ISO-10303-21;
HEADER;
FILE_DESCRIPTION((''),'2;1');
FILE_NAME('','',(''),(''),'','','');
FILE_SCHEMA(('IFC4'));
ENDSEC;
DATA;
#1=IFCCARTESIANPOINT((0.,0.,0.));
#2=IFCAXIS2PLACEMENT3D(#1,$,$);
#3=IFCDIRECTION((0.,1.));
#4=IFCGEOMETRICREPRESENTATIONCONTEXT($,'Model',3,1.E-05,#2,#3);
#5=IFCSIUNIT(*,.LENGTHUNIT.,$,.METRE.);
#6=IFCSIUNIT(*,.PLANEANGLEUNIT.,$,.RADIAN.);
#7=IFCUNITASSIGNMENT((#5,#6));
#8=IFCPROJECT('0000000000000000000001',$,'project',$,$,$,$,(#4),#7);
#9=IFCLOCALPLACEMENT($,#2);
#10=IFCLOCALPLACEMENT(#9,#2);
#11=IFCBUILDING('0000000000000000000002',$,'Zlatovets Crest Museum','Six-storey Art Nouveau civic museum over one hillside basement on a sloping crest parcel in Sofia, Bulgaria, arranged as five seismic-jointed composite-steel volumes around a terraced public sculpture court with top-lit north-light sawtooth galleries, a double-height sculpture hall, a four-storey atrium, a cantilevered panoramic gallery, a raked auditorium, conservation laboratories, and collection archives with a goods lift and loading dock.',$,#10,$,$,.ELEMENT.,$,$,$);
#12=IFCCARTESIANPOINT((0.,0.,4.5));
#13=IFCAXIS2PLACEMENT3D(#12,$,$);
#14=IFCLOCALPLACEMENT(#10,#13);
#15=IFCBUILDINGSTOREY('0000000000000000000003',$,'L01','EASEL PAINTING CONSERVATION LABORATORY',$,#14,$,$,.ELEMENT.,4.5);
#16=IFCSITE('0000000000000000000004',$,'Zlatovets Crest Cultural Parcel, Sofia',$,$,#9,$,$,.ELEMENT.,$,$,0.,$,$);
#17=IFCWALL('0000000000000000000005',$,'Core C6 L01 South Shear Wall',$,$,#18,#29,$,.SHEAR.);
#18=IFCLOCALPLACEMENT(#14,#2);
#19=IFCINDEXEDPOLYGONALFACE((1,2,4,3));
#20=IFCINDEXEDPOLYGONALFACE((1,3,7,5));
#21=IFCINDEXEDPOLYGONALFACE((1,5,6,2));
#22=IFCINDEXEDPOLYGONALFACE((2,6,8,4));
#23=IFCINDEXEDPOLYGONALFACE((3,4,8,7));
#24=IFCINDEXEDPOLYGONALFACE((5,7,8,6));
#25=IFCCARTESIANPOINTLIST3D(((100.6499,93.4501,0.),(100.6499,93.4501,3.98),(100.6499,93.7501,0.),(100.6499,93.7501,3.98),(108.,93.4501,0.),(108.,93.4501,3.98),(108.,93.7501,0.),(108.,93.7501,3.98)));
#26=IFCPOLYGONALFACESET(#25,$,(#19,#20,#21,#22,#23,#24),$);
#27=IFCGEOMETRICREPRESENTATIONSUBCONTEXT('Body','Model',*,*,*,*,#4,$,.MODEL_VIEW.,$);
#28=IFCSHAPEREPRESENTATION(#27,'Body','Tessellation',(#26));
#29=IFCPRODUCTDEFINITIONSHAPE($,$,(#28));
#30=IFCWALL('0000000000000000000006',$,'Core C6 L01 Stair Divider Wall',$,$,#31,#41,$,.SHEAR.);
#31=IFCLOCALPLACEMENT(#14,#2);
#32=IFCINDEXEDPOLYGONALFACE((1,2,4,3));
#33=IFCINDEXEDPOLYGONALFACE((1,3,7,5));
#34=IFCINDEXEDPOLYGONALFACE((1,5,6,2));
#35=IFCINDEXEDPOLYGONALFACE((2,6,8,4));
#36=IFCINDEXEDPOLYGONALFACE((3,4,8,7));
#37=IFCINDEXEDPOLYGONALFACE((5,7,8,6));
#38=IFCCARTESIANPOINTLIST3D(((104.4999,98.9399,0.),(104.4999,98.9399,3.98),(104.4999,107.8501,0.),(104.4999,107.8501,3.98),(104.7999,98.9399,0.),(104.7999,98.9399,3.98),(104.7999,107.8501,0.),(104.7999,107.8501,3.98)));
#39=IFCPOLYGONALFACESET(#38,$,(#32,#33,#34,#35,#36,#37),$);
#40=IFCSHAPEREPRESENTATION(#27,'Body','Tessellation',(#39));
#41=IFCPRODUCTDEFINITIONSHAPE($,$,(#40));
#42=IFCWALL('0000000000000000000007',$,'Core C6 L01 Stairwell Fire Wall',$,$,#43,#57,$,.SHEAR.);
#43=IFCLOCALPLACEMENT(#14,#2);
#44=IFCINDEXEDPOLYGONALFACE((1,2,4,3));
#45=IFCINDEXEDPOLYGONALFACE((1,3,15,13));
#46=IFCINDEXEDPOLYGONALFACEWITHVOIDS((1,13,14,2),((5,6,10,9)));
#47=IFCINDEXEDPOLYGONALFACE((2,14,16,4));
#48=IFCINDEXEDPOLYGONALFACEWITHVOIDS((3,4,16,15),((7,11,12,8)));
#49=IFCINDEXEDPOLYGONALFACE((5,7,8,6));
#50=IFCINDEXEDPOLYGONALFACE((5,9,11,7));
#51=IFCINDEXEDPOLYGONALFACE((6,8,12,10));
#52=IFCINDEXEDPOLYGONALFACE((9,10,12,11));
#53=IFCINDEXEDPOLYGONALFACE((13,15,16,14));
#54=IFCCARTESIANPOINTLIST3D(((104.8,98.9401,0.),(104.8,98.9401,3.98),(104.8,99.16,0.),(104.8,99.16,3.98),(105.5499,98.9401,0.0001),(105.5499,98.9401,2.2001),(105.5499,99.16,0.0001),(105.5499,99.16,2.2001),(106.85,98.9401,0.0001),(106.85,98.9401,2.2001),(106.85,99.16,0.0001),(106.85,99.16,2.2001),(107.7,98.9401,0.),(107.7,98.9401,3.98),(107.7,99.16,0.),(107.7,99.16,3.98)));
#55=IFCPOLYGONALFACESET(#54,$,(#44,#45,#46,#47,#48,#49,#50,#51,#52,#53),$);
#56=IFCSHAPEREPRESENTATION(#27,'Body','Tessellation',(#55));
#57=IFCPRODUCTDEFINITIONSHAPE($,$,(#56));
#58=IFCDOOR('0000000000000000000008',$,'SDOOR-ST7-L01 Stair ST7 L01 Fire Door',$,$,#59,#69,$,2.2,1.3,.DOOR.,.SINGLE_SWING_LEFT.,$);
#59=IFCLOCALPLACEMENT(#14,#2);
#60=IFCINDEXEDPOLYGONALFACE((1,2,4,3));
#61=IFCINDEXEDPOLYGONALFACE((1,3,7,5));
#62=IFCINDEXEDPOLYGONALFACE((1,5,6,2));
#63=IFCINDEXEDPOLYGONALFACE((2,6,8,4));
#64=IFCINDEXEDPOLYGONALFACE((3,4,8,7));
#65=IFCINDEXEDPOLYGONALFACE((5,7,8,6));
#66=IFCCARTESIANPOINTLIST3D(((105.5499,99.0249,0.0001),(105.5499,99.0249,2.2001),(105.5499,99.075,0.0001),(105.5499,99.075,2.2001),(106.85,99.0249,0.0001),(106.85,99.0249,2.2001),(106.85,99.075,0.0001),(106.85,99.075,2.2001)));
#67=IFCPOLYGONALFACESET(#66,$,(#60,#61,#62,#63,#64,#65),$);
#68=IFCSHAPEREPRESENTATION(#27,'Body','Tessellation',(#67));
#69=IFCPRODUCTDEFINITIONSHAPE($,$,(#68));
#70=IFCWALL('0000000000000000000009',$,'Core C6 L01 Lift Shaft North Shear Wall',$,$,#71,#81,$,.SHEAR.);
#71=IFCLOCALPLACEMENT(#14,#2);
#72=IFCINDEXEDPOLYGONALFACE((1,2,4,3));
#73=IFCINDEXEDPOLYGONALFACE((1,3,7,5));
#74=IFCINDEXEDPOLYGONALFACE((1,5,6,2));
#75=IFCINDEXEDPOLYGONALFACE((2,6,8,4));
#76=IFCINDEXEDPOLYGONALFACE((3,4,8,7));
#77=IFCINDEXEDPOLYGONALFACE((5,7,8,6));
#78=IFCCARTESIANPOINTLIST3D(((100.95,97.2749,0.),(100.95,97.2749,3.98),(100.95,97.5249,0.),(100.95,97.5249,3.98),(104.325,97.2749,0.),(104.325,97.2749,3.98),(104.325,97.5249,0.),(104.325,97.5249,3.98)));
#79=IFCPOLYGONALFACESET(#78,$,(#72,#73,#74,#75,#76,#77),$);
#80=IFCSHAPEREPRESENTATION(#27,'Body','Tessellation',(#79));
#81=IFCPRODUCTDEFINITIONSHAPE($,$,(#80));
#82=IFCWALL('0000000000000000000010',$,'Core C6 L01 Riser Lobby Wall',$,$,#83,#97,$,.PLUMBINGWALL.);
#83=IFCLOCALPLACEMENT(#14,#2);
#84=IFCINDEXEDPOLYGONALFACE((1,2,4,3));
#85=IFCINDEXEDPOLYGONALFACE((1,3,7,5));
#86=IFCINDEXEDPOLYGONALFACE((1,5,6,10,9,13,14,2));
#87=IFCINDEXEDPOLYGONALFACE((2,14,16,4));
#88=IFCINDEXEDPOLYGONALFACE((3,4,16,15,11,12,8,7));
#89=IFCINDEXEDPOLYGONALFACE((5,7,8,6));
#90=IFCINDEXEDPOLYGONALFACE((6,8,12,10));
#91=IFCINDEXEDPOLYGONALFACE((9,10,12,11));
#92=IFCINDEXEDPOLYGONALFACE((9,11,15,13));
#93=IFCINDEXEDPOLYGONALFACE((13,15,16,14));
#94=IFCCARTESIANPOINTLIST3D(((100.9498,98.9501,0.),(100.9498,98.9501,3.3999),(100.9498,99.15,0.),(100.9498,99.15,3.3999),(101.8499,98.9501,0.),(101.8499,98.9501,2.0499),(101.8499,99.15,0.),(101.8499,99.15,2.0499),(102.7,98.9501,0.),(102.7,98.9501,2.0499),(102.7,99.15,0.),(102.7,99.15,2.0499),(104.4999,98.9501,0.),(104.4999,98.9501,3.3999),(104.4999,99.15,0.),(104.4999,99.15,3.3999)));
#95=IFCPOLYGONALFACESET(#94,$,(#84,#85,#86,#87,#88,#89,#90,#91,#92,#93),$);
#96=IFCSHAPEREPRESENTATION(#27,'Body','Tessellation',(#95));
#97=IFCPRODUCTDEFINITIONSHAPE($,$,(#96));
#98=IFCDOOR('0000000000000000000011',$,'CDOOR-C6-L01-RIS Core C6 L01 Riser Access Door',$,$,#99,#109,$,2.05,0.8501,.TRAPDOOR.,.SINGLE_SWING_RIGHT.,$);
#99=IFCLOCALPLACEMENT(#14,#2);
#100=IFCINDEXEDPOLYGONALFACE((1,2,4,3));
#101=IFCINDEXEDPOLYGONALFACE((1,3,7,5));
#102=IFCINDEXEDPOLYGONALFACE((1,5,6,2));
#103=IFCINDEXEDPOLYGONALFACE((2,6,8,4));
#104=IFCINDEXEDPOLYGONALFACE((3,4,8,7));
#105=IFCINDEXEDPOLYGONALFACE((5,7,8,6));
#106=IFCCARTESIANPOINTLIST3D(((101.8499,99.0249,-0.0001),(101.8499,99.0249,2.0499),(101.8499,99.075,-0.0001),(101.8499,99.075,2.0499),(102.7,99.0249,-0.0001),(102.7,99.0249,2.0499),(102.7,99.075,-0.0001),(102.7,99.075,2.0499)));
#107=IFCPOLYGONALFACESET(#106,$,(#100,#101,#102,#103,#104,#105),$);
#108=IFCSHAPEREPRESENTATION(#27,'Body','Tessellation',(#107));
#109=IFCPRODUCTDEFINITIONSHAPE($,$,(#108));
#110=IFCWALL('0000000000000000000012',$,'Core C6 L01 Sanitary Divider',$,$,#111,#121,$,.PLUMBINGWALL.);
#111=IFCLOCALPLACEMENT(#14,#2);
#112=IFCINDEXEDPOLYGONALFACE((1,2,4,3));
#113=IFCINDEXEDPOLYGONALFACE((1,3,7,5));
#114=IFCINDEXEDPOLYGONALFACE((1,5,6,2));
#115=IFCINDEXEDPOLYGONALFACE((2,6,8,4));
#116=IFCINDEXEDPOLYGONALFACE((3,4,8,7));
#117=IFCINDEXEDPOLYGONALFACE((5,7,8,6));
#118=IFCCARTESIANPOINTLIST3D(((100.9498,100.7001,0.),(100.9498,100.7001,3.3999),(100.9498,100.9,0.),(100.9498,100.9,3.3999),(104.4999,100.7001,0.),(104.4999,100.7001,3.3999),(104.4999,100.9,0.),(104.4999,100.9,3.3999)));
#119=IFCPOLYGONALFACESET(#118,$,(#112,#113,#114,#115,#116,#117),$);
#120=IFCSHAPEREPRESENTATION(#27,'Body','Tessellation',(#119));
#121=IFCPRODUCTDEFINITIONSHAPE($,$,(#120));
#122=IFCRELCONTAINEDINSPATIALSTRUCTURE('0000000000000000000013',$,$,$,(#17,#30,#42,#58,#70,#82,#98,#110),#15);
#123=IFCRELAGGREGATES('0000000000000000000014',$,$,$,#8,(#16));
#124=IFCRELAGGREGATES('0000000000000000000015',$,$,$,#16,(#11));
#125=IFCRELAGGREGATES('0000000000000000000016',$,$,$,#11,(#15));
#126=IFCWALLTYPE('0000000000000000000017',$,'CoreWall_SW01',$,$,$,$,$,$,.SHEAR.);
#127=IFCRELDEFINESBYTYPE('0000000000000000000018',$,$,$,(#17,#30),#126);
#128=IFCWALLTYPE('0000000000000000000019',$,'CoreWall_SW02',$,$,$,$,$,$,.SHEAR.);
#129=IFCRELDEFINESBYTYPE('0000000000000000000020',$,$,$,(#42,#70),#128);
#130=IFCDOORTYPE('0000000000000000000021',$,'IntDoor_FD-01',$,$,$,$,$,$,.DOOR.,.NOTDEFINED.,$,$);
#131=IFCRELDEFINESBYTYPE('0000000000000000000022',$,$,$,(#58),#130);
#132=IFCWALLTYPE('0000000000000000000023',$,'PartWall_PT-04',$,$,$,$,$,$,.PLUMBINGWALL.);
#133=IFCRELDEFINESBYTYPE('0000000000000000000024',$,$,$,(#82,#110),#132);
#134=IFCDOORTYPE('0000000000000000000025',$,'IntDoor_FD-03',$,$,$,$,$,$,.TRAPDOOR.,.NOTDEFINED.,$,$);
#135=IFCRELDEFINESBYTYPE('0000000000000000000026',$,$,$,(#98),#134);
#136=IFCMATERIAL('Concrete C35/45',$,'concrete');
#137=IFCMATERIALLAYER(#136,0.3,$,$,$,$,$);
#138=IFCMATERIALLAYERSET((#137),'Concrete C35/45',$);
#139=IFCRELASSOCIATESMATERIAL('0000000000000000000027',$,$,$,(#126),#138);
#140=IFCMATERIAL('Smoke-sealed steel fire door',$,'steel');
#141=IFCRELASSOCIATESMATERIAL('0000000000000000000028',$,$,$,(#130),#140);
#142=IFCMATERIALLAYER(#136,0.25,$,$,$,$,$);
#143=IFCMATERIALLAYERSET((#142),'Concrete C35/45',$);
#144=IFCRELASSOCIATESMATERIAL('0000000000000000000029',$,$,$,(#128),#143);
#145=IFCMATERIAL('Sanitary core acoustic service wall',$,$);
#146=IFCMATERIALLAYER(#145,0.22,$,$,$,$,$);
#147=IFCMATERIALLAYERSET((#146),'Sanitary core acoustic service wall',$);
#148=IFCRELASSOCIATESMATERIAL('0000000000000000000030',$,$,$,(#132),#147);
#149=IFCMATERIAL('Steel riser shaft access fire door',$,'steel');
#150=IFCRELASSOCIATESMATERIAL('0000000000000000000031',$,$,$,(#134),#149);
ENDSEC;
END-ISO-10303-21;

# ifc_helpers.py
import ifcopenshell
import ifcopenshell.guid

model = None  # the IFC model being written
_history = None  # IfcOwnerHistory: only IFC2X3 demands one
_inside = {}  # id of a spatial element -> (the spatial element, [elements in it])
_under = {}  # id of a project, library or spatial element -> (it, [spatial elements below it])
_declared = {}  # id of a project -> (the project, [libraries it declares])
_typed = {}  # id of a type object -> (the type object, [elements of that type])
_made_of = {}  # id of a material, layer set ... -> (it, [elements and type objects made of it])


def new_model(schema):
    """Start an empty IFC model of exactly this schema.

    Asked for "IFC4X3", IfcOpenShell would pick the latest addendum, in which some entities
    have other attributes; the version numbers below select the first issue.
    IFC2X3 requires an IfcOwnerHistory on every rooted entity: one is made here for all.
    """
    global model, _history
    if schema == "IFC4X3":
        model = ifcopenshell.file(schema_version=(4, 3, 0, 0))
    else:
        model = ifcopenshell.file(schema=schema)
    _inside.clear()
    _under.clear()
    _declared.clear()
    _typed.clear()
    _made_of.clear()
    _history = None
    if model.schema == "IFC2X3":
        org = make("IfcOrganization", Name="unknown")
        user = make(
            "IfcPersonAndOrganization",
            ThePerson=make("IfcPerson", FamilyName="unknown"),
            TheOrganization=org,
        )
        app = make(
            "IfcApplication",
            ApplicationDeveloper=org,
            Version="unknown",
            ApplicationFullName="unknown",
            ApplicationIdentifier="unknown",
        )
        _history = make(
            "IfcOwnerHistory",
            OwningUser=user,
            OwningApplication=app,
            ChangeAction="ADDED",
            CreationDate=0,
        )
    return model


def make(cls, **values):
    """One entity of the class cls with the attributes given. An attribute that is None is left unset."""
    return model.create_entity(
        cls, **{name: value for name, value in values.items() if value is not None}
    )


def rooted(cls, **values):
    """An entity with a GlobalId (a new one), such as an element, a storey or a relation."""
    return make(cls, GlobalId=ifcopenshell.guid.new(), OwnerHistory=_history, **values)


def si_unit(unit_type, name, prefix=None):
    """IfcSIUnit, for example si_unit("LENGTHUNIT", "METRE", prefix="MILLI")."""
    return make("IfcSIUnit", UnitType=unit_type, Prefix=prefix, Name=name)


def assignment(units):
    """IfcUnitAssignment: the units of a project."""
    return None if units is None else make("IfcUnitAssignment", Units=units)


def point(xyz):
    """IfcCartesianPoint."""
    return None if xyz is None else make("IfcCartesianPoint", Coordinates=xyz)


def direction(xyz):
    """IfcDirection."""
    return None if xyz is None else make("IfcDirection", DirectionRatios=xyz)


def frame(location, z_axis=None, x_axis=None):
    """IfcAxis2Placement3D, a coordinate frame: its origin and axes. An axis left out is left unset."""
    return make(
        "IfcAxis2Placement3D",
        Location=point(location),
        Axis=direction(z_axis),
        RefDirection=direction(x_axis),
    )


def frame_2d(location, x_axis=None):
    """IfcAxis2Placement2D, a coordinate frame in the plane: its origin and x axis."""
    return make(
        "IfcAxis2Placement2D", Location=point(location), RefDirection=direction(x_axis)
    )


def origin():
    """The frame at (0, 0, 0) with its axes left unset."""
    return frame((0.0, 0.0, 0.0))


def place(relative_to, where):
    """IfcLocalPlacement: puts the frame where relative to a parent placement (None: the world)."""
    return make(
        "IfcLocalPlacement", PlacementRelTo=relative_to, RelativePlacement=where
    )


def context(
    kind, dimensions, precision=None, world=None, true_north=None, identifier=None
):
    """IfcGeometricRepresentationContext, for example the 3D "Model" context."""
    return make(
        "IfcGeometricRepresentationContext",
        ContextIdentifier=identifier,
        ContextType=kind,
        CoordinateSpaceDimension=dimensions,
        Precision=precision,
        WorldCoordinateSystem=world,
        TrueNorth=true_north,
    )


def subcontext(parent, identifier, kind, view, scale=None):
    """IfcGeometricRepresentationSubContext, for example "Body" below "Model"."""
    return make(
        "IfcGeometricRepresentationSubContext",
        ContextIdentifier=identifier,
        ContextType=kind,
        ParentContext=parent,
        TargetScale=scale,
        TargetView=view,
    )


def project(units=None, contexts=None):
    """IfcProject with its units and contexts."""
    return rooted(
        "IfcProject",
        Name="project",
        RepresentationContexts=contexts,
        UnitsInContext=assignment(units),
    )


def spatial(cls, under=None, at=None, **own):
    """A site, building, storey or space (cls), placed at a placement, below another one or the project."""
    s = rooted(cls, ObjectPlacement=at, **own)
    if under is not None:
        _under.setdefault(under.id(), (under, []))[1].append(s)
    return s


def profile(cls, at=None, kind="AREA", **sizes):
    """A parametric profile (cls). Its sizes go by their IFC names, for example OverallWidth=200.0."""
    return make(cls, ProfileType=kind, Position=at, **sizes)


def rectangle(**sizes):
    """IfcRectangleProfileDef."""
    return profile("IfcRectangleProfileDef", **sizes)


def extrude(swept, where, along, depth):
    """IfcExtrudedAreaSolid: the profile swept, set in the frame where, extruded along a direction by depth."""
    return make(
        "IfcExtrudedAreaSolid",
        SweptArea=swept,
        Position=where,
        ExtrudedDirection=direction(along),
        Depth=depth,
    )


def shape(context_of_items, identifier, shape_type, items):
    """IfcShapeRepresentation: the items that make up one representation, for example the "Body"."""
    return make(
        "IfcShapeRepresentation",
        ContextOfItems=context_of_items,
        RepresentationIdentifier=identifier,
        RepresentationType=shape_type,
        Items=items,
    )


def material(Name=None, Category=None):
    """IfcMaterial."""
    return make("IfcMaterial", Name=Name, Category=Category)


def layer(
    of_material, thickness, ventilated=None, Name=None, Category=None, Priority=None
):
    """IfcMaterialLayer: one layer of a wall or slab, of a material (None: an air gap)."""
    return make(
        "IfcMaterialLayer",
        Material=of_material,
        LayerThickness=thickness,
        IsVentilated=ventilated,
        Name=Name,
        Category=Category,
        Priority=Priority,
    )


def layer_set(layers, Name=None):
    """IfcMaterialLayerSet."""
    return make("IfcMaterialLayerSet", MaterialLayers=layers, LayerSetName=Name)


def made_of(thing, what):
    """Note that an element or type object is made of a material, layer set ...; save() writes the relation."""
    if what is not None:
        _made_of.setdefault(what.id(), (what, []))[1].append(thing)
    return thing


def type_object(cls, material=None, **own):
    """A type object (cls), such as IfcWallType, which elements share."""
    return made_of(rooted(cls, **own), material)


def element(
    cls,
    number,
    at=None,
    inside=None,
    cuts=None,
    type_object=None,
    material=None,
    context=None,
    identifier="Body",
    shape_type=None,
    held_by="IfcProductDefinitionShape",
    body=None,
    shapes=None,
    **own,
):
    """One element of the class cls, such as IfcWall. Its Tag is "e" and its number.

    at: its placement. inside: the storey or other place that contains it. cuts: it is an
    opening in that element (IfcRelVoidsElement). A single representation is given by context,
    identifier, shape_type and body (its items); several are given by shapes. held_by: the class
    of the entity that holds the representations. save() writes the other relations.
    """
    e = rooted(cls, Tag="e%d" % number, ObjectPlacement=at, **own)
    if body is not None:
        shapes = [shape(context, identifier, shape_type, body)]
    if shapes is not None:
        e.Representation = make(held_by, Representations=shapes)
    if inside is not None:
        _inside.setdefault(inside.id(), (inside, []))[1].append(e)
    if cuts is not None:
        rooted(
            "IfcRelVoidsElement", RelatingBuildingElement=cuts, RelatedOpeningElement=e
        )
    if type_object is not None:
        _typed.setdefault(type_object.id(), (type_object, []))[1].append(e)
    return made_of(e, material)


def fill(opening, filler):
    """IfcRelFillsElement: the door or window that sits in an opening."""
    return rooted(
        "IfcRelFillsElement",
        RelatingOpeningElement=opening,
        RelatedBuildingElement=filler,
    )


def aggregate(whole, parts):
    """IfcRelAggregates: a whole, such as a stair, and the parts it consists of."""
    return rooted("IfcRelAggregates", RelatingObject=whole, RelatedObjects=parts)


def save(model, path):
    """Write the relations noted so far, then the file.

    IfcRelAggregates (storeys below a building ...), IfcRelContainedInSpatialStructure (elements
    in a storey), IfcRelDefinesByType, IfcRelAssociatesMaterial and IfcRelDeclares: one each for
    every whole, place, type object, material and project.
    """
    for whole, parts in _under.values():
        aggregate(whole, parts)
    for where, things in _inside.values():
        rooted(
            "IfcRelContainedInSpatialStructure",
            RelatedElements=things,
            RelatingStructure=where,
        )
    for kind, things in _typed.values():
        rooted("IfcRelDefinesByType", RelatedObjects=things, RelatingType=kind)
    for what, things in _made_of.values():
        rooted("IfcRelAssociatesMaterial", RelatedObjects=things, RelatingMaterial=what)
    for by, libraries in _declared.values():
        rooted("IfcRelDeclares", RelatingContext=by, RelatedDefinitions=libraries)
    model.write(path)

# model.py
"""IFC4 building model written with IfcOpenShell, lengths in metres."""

from ifc_helpers import new_model, si_unit, direction, frame, frame_2d, origin, place, context, subcontext, project, spatial, rectangle, extrude, material, layer, layer_set, type_object, element, fill, save


model = new_model("IFC4")

# Units and contexts
model_context = context("Model", 3, precision=1e-05, world=origin(), true_north=direction((0.0, 1.0)))
body_context = subcontext(model_context, "Body", "Model", "MODEL_VIEW")
ifc_project = project(units=[si_unit("LENGTHUNIT", "METRE"), si_unit("PLANEANGLEUNIT", "RADIAN")], contexts=[model_context])

# Site, building, storey
site_placement = place(None, origin())
site = spatial("IfcSite", under=ifc_project, at=site_placement, Name="Zlatovets Crest Cultural Parcel, Sofia", CompositionType="ELEMENT", RefElevation=0.0)
building_placement = place(site_placement, origin())
building = spatial("IfcBuilding", under=site, at=building_placement, Name="Zlatovets Crest Museum", Description="Six-storey Art Nouveau civic museum over one hillside basement on a sloping crest parcel in Sofia, Bulgaria, arranged as five seismic-jointed composite-steel volumes around a terraced public sculpture court with top-lit north-light sawtooth galleries, a double-height sculpture hall, a four-storey atrium, a cantilevered panoramic gallery, a raked auditorium, conservation laboratories, and collection archives with a goods lift and loading dock.", CompositionType="ELEMENT")
storey_placement = place(building_placement, frame((0.0, 0.0, 4.5)))
storey = spatial("IfcBuildingStorey", under=building, at=storey_placement, Name="L01", Description="EASEL PAINTING CONSERVATION LABORATORY", CompositionType="ELEMENT", Elevation=4.5)

# Wall
ifc_material_1 = material(Name="Concrete C35/45", Category="concrete")
ifc_layer_1 = layer(ifc_material_1, 0.3)
ifc_layer_set_1 = layer_set([ifc_layer_1], Name="Concrete C35/45")
wall_type_1 = type_object("IfcWallType", Name="CoreWall_SW01", PredefinedType="SHEAR", material=ifc_layer_set_1)
wall_1_placement = place(storey_placement, frame((100.6499, 93.6001, 0.0), z_axis=(0.0, 0.0, 1.0), x_axis=(1.0, 0.0, 0.0)))
element("IfcWall", 1, at=wall_1_placement, inside=storey, type_object=wall_type_1, Name="Core C6 L01 South Shear Wall", PredefinedType="SHEAR", context=body_context, shape_type="SweptSolid", body=[
    extrude(rectangle(XDim=7.3501, YDim=0.3, at=frame_2d((3.675, 0.0))), origin(), (0.0, 0.0, 1.0), 3.98),
])

# Shared definitions
ifc_material_2 = material(Name="Smoke-sealed steel fire door", Category="steel")
door_type_1 = type_object("IfcDoorType", Name="IntDoor_FD-01", OperationType="NOTDEFINED", PredefinedType="DOOR", material=ifc_material_2)

# Wall
wall_2_placement = place(storey_placement, frame((104.6499, 98.9399, 0.0), z_axis=(0.0, 0.0, 1.0), x_axis=(0.0, 1.0, 0.0)))
element("IfcWall", 2, at=wall_2_placement, inside=storey, type_object=wall_type_1, Name="Core C6 L01 Stair Divider Wall", PredefinedType="SHEAR", context=body_context, shape_type="SweptSolid", body=[
    extrude(rectangle(XDim=8.9102, YDim=0.3, at=frame_2d((4.4551, 0.0))), origin(), (0.0, 0.0, 1.0), 3.98),
])

# Wall, opening, door
ifc_layer_2 = layer(ifc_material_1, 0.25)
ifc_layer_set_2 = layer_set([ifc_layer_2], Name="Concrete C35/45")
wall_type_2 = type_object("IfcWallType", Name="CoreWall_SW02", PredefinedType="SHEAR", material=ifc_layer_set_2)
wall_3_placement = place(storey_placement, frame((104.8, 99.05, 0.0), z_axis=(0.0, 0.0, 1.0), x_axis=(1.0, 0.0, 0.0)))
wall_3 = element("IfcWall", 3, at=wall_3_placement, inside=storey, type_object=wall_type_2, Name="Core C6 L01 Stairwell Fire Wall", PredefinedType="SHEAR", context=body_context, shape_type="SweptSolid", body=[
    extrude(rectangle(XDim=2.8999, YDim=0.22, at=frame_2d((1.45, 0.0))), origin(), (0.0, 0.0, 1.0), 3.98),
])
opening_1_placement = place(wall_3_placement, frame((0.75, 0.0, 0.0)))
opening_1 = element("IfcOpeningElement", 4, at=opening_1_placement, cuts=wall_3, PredefinedType="OPENING", context=body_context, shape_type="SweptSolid", body=[
    extrude(rectangle(XDim=1.3, YDim=2.2, at=frame_2d((0.6499, 1.1001))), frame((0.0, 0.1201, 0.0), z_axis=(0.0, -1.0, 0.0), x_axis=(1.0, 0.0, 0.0)), (0.0, 0.0, 1.0), 0.24),
])
door_1_placement = place(opening_1_placement, origin())
door_1 = element("IfcDoor", 5, at=door_1_placement, inside=storey, type_object=door_type_1, Name="SDOOR-ST7-L01 Stair ST7 L01 Fire Door", OperationType="SINGLE_SWING_LEFT", OverallHeight=2.2, OverallWidth=1.3, PredefinedType="DOOR", context=body_context, shape_type="SweptSolid", body=[
    extrude(rectangle(XDim=1.3, YDim=2.2, at=frame_2d((0.6499, 1.1001))), frame((0.0, 0.0249, 0.0), z_axis=(0.0, -1.0, 0.0), x_axis=(1.0, 0.0, 0.0)), (0.0, 0.0, 1.0), 0.05),
])
fill(opening_1, door_1)

# Wall
wall_4_placement = place(storey_placement, frame((100.95, 97.3999, 0.0), z_axis=(0.0, 0.0, 1.0), x_axis=(1.0, 0.0, 0.0)))
element("IfcWall", 6, at=wall_4_placement, inside=storey, type_object=wall_type_2, Name="Core C6 L01 Lift Shaft North Shear Wall", PredefinedType="SHEAR", context=body_context, shape_type="SweptSolid", body=[
    extrude(rectangle(XDim=3.375, YDim=0.25, at=frame_2d((1.6875, 0.0))), origin(), (0.0, 0.0, 1.0), 3.98),
])

# Wall, opening, door
ifc_material_3 = material(Name="Sanitary core acoustic service wall")
ifc_layer_3 = layer(ifc_material_3, 0.22)
ifc_layer_set_3 = layer_set([ifc_layer_3], Name="Sanitary core acoustic service wall")
wall_type_3 = type_object("IfcWallType", Name="PartWall_PT-04", PredefinedType="PLUMBINGWALL", material=ifc_layer_set_3)
wall_5_placement = place(storey_placement, frame((100.95, 99.05, 0.0), z_axis=(0.0, 0.0, 1.0), x_axis=(1.0, 0.0, 0.0)))
wall_5 = element("IfcWall", 7, at=wall_5_placement, inside=storey, type_object=wall_type_3, Name="Core C6 L01 Riser Lobby Wall", PredefinedType="PLUMBINGWALL", context=body_context, shape_type="SweptSolid", body=[
    extrude(rectangle(XDim=3.55, YDim=0.2, at=frame_2d((1.7749, 0.0))), origin(), (0.0, 0.0, 1.0), 3.3999),
])
opening_2_placement = place(wall_5_placement, frame((0.8999, 0.0, 0.0)))
opening_2 = element("IfcOpeningElement", 8, at=opening_2_placement, cuts=wall_5, PredefinedType="OPENING", context=body_context, shape_type="SweptSolid", body=[
    extrude(rectangle(XDim=0.8501, YDim=2.05, at=frame_2d((0.425, 1.0249))), frame((0.0, 0.1099, 0.0), z_axis=(0.0, -1.0, 0.0), x_axis=(1.0, 0.0, 0.0)), (0.0, 0.0, 1.0), 0.22),
])
ifc_material_4 = material(Name="Steel riser shaft access fire door", Category="steel")
door_type_2 = type_object("IfcDoorType", Name="IntDoor_FD-03", OperationType="NOTDEFINED", PredefinedType="TRAPDOOR", material=ifc_material_4)
door_2_placement = place(opening_2_placement, origin())
door_2 = element("IfcDoor", 9, at=door_2_placement, inside=storey, type_object=door_type_2, Name="CDOOR-C6-L01-RIS Core C6 L01 Riser Access Door", OperationType="SINGLE_SWING_RIGHT", OverallHeight=2.05, OverallWidth=0.8501, PredefinedType="TRAPDOOR", context=body_context, shape_type="SweptSolid", body=[
    extrude(rectangle(XDim=0.8501, YDim=2.05, at=frame_2d((0.425, 1.0249))), frame((0.0, 0.0249, 0.0), z_axis=(0.0, -1.0, 0.0), x_axis=(1.0, 0.0, 0.0)), (0.0, 0.0, 1.0), 0.05),
])
fill(opening_2, door_2)

# Wall
wall_6_placement = place(storey_placement, frame((100.95, 100.8, 0.0), z_axis=(0.0, 0.0, 1.0), x_axis=(1.0, 0.0, 0.0)))
element("IfcWall", 10, at=wall_6_placement, inside=storey, type_object=wall_type_3, Name="Core C6 L01 Sanitary Divider", PredefinedType="PLUMBINGWALL", context=body_context, shape_type="SweptSolid", body=[
    extrude(rectangle(XDim=3.55, YDim=0.2, at=frame_2d((1.7749, 0.0))), origin(), (0.0, 0.0, 1.0), 3.3999),
])

save(model, "model.ifc")
